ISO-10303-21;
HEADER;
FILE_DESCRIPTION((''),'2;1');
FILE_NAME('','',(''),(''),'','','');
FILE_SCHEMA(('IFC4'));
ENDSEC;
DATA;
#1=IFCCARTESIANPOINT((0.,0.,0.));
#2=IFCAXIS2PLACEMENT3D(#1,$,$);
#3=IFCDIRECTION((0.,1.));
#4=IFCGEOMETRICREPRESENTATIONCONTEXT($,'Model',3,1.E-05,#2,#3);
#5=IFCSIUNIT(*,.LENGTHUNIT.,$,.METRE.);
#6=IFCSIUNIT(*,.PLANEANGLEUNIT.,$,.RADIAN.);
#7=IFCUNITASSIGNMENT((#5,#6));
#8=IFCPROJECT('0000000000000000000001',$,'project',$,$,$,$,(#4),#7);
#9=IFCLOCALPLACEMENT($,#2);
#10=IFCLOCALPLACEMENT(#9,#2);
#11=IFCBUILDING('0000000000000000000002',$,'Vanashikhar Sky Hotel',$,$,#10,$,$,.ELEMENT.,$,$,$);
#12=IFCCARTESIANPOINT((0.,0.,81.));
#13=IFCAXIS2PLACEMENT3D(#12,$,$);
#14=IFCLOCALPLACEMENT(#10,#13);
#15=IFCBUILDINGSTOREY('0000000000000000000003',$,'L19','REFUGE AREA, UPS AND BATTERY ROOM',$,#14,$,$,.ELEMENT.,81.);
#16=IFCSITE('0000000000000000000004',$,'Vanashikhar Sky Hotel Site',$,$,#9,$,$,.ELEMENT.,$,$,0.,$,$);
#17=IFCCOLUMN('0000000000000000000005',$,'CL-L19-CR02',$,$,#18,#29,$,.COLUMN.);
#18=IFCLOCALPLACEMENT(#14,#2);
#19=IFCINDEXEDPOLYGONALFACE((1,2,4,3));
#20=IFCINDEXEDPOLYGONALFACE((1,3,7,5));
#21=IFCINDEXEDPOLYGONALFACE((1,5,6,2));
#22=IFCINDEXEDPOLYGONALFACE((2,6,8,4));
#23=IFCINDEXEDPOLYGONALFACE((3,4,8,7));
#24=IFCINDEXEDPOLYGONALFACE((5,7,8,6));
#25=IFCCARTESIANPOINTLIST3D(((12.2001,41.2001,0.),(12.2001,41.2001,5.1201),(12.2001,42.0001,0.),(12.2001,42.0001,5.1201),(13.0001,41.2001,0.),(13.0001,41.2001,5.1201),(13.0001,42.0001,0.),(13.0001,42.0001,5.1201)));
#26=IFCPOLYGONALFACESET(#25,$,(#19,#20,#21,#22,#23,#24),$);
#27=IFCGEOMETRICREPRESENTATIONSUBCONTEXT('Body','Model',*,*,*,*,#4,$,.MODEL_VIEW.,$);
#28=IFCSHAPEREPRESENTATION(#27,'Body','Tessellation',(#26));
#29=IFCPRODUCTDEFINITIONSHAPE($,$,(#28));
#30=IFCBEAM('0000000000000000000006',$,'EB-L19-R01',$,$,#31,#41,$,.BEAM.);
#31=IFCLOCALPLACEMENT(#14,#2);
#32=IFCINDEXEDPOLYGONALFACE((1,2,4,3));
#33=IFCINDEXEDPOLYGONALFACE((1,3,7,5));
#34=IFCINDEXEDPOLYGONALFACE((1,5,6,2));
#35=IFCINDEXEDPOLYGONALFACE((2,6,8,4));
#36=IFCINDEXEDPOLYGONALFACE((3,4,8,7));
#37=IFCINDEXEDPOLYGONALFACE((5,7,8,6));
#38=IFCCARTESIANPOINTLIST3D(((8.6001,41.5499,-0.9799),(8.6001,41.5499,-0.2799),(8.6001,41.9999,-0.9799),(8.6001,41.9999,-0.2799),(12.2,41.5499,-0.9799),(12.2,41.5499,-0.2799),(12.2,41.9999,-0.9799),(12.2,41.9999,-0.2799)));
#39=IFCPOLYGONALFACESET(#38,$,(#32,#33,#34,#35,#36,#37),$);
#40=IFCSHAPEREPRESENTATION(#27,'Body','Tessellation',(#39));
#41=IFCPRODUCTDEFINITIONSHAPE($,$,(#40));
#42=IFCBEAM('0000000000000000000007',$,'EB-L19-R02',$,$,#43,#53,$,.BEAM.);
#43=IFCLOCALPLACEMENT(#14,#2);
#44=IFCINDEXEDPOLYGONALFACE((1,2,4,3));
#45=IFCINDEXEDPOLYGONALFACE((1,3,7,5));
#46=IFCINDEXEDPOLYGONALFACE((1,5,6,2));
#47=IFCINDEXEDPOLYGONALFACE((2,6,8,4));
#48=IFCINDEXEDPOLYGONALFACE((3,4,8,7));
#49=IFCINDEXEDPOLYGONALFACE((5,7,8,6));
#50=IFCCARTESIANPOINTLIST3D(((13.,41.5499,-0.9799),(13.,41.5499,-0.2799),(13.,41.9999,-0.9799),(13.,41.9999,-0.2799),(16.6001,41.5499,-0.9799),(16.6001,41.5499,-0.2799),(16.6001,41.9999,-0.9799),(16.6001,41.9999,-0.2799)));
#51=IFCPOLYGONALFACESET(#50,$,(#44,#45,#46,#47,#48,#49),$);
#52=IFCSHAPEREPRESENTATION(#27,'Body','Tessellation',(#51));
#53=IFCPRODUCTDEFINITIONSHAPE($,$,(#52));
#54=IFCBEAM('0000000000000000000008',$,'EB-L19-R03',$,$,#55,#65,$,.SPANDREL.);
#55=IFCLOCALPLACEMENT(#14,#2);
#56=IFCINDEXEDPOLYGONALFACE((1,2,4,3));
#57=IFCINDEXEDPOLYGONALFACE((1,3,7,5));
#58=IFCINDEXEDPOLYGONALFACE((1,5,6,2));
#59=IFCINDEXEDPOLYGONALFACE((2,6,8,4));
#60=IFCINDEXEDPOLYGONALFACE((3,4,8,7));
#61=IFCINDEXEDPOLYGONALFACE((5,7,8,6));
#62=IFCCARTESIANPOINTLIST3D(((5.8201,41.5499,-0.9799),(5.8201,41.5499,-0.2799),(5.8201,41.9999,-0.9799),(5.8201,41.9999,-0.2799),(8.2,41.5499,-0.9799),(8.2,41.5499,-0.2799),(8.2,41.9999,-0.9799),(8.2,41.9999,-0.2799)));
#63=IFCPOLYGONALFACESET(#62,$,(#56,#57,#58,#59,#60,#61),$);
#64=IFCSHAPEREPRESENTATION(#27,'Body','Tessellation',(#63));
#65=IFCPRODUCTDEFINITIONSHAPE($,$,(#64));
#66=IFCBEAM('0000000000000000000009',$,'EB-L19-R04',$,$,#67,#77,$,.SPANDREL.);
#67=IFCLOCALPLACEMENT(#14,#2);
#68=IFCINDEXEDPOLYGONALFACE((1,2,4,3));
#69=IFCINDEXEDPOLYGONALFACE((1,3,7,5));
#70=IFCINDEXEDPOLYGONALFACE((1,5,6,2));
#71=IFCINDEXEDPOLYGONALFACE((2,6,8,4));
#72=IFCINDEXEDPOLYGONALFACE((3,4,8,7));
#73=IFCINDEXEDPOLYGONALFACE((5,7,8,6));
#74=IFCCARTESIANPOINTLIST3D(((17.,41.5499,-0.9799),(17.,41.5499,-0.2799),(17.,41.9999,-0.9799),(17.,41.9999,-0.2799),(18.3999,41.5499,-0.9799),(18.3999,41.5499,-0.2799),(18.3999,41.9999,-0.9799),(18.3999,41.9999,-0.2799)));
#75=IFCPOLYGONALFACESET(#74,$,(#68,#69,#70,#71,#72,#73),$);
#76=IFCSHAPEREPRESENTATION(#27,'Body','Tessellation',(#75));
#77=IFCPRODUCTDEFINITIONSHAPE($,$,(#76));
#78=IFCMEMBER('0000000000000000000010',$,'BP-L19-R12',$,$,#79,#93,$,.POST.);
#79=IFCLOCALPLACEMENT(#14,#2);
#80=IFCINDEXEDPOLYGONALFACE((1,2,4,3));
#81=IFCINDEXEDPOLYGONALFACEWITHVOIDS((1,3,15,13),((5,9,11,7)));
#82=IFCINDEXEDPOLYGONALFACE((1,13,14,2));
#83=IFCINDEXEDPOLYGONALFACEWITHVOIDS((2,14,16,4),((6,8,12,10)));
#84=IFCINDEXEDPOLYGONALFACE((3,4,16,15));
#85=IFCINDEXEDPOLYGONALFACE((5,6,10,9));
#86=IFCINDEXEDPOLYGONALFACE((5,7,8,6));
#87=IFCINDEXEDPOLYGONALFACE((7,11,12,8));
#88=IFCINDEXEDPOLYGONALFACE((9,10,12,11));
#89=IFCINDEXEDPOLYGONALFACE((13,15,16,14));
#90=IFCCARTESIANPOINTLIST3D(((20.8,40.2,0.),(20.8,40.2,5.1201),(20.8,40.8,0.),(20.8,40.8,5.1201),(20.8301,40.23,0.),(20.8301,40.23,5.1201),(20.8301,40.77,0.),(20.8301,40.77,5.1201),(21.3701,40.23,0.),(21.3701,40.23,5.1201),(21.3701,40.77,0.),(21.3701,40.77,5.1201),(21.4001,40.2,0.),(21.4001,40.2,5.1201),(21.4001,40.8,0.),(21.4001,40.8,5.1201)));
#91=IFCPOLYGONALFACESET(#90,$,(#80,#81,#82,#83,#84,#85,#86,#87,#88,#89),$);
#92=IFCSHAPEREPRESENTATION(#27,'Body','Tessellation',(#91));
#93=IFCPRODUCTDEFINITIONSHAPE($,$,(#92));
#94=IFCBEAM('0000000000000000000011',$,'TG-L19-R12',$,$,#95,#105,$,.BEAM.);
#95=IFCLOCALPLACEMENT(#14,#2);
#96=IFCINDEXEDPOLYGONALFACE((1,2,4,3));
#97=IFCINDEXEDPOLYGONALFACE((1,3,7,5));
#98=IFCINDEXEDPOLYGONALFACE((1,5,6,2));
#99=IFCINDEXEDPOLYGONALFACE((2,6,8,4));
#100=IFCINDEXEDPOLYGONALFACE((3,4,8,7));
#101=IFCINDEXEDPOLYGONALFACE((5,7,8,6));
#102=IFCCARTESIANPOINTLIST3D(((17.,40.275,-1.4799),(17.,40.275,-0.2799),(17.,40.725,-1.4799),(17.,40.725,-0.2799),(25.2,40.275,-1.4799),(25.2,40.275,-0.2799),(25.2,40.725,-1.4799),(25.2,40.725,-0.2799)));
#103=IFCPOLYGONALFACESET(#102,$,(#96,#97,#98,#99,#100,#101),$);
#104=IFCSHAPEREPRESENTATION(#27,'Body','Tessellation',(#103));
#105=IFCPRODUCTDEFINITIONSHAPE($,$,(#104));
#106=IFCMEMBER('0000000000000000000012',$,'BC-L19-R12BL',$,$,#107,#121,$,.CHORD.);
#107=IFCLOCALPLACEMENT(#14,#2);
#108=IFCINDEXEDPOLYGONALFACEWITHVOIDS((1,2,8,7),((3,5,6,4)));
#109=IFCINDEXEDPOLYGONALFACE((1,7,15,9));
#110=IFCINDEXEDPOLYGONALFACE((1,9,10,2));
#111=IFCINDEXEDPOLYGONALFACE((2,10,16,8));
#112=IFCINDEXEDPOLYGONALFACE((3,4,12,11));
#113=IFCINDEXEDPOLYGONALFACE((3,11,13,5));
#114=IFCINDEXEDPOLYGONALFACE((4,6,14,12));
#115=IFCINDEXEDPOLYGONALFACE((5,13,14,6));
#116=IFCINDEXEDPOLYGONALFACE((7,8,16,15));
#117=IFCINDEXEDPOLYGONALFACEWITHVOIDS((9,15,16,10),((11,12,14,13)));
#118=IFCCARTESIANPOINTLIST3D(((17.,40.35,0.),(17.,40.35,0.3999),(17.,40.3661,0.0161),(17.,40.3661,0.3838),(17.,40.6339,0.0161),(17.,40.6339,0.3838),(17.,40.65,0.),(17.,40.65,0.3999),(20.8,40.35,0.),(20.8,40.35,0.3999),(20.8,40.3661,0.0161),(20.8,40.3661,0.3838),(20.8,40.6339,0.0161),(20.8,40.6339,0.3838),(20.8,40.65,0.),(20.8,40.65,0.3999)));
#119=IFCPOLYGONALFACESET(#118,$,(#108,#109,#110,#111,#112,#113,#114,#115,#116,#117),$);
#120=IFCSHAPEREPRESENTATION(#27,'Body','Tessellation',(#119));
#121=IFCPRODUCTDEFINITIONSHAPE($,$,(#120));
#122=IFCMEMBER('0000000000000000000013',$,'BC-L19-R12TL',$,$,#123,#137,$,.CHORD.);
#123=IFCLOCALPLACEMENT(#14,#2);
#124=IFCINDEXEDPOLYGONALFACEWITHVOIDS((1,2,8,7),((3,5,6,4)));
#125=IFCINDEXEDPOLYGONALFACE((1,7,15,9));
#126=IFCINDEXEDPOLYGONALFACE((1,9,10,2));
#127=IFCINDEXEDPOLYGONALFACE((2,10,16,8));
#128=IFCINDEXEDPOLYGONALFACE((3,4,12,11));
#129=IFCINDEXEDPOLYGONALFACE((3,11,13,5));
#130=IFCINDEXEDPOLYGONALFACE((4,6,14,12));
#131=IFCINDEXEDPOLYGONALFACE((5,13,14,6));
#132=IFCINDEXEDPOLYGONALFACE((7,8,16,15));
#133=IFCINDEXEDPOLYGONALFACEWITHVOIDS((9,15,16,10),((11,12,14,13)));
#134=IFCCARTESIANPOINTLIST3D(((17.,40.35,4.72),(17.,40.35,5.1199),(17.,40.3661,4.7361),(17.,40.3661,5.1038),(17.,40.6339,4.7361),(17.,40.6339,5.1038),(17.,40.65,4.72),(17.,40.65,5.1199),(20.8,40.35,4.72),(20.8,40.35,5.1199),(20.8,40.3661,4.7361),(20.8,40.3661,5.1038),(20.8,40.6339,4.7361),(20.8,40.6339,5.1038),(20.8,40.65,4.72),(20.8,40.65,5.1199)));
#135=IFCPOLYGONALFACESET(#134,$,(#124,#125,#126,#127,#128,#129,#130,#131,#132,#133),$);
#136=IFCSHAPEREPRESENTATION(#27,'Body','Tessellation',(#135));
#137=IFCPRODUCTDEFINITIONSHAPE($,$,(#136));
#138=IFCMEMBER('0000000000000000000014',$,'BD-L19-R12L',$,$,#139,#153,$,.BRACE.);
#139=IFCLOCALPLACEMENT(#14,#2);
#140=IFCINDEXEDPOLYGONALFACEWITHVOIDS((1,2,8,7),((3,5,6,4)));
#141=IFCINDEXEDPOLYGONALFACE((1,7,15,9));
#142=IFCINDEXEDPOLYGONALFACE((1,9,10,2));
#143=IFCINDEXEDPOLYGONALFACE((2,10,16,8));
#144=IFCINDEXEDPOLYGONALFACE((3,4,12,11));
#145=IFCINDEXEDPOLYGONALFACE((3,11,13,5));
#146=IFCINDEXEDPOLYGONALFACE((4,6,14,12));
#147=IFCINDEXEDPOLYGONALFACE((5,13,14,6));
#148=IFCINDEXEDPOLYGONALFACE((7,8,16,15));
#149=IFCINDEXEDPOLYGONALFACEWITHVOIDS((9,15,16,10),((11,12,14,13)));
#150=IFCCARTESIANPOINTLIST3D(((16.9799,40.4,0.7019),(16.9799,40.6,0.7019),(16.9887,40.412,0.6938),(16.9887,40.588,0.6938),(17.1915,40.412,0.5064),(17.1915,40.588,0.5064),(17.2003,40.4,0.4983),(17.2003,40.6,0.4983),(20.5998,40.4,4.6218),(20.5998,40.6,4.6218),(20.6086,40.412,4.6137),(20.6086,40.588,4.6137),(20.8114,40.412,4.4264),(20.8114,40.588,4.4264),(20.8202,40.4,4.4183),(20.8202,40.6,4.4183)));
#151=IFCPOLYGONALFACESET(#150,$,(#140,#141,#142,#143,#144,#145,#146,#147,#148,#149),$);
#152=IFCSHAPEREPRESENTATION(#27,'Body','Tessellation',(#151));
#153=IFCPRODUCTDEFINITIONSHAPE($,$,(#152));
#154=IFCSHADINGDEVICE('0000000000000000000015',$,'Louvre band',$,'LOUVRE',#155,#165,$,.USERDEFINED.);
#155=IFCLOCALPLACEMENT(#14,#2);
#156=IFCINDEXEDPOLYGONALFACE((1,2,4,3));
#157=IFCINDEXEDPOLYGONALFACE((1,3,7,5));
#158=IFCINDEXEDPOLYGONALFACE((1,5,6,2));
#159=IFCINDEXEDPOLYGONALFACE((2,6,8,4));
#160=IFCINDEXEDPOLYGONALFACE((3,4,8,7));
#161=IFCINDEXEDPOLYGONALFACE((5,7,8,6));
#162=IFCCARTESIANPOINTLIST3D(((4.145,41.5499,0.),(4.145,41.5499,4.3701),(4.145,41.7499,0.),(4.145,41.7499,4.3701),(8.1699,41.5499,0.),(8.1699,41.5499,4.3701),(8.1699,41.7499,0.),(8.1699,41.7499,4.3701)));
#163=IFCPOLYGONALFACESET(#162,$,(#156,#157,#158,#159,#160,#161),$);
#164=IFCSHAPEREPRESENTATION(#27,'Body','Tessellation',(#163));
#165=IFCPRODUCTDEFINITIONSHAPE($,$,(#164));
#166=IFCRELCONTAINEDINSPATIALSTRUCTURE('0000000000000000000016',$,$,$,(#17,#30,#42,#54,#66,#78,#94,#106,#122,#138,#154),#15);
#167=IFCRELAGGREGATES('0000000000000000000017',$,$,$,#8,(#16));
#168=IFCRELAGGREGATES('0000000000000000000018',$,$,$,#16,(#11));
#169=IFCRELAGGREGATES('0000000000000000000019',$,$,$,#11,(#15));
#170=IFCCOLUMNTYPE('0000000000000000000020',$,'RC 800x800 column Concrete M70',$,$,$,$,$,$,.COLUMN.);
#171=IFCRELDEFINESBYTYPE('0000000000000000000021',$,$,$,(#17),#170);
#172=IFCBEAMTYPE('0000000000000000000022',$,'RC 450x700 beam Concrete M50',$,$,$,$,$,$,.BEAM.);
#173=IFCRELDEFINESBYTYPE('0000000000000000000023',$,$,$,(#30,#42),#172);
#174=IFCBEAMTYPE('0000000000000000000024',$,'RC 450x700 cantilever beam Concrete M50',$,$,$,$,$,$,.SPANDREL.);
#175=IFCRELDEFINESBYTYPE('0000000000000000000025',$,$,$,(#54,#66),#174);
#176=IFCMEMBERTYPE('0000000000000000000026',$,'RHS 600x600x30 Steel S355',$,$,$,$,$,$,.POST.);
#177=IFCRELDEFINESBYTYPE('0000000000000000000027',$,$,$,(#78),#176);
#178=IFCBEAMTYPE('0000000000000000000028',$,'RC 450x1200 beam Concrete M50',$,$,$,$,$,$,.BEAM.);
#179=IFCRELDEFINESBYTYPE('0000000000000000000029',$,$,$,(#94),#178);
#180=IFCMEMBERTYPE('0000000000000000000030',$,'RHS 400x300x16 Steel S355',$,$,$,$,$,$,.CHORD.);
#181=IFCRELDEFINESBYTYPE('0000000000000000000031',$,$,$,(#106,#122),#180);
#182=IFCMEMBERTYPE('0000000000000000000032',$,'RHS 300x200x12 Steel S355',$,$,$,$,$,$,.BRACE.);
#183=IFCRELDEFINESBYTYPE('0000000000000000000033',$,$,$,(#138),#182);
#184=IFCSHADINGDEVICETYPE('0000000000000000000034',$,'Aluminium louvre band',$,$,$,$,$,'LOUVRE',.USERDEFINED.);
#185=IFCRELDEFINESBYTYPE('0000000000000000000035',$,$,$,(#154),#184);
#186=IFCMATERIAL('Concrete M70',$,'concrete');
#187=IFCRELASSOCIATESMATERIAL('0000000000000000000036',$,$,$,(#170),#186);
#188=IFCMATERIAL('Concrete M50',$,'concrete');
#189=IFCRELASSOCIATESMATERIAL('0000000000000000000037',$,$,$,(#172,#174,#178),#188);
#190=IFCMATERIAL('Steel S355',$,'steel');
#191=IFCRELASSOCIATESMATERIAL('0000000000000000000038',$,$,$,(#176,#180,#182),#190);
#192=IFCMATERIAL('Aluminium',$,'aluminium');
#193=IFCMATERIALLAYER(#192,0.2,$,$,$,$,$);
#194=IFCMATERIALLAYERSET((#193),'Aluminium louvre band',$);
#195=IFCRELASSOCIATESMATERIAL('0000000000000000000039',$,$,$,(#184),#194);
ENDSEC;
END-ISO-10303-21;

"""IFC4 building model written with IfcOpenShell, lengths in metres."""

from ifc_helpers import new_model, si_unit, direction, frame, origin, origin_2d, place, context, subcontext, project, spatial, rectangle, hollow_rectangle, extrude, source, transform, mapped, material, layer, layer_set, material_profile, profile_set, type_object, element, save


model = new_model("IFC4")

# Units and contexts
model_context = context("Model", 3, precision=1e-05, world=origin(), true_north=direction((0.0, 1.0)))
body_context = subcontext(model_context, "Body", "Model", "MODEL_VIEW")
ifc_project = project(units=[si_unit("LENGTHUNIT", "METRE"), si_unit("PLANEANGLEUNIT", "RADIAN")], contexts=[model_context])

# Site, building, storey
site_placement = place(None, origin())
site = spatial("IfcSite", under=ifc_project, at=site_placement, Name="Vanashikhar Sky Hotel Site", CompositionType="ELEMENT", RefElevation=0.0)
building_placement = place(site_placement, origin())
building = spatial("IfcBuilding", under=site, at=building_placement, Name="Vanashikhar Sky Hotel", CompositionType="ELEMENT")
storey_placement = place(building_placement, frame((0.0, 0.0, 81.0)))
storey = spatial("IfcBuildingStorey", under=building, at=storey_placement, Name="L19", Description="REFUGE AREA, UPS AND BATTERY ROOM", CompositionType="ELEMENT", Elevation=81.0)

# Column
ifc_material_1 = material(Name="Concrete M70", Category="concrete")
ifc_material_profile_1 = material_profile(ifc_material_1, rectangle(XDim=0.8, YDim=0.8, at=origin_2d()))
ifc_profile_set_1 = profile_set([ifc_material_profile_1], Name="RC 800x800 column Concrete M70")
column_type = type_object("IfcColumnType", Name="RC 800x800 column Concrete M70", PredefinedType="COLUMN", material=ifc_profile_set_1)
shared_shape_1 = source(origin(), body_context, "Body", "SweptSolid", [
    extrude(rectangle(XDim=0.8, YDim=0.8, at=origin_2d()), origin(), (0.0, 0.0, 1.0), 5.1201),
])
column_placement = place(storey_placement, frame((12.6001, 41.6001, 0.0), z_axis=(0.0, 0.0, 1.0), x_axis=(1.0, 0.0, 0.0)))
element("IfcColumn", 1, at=column_placement, inside=storey, type_object=column_type, Name="CL-L19-CR02", PredefinedType="COLUMN", context=body_context, shape_type="MappedRepresentation", body=[
    mapped(shared_shape_1, transform((0.0, 0.0, 0.0), scale=1.0)),
])

# Beams
ifc_material_2 = material(Name="Concrete M50", Category="concrete")
ifc_material_profile_2 = material_profile(ifc_material_2, rectangle(XDim=0.45, YDim=0.7, at=origin_2d()))
ifc_profile_set_2 = profile_set([ifc_material_profile_2], Name="RC 450x700 beam Concrete M50")
beam_type_1 = type_object("IfcBeamType", Name="RC 450x700 beam Concrete M50", PredefinedType="BEAM", material=ifc_profile_set_2)
shared_shape_2 = source(origin(), body_context, "Body", "SweptSolid", [
    extrude(rectangle(XDim=0.45, YDim=0.7, at=origin_2d()), origin(), (0.0, 0.0, 1.0), 3.5999),
])
beam_1_placement = place(storey_placement, frame((8.6001, 41.7749, -0.6299), z_axis=(1.0, 0.0, 0.0), x_axis=(0.0, 1.0, 0.0)))
element("IfcBeam", 2, at=beam_1_placement, inside=storey, type_object=beam_type_1, Name="EB-L19-R01", PredefinedType="BEAM", context=body_context, shape_type="MappedRepresentation", body=[
    mapped(shared_shape_2, transform((0.0, 0.0, 0.0), scale=1.0)),
])
shared_shape_3 = source(origin(), body_context, "Body", "SweptSolid", [
    extrude(rectangle(XDim=0.45, YDim=0.7, at=origin_2d()), origin(), (0.0, 0.0, 1.0), 3.6001),
])
beam_2_placement = place(storey_placement, frame((13.0, 41.7749, -0.6299), z_axis=(1.0, 0.0, 0.0), x_axis=(0.0, 1.0, 0.0)))
element("IfcBeam", 3, at=beam_2_placement, inside=storey, type_object=beam_type_1, Name="EB-L19-R02", PredefinedType="BEAM", context=body_context, shape_type="MappedRepresentation", body=[
    mapped(shared_shape_3, transform((0.0, 0.0, 0.0), scale=1.0)),
])
ifc_material_profile_3 = material_profile(ifc_material_2, rectangle(XDim=0.45, YDim=0.7, at=origin_2d()))
ifc_profile_set_3 = profile_set([ifc_material_profile_3], Name="RC 450x700 cantilever beam Concrete M50")
beam_type_2 = type_object("IfcBeamType", Name="RC 450x700 cantilever beam Concrete M50", PredefinedType="SPANDREL", material=ifc_profile_set_3)
shared_shape_4 = source(origin(), body_context, "Body", "SweptSolid", [
    extrude(rectangle(XDim=0.45, YDim=0.7, at=origin_2d()), origin(), (0.0, 0.0, 1.0), 2.3799),
])
beam_3_placement = place(storey_placement, frame((5.8201, 41.7749, -0.6299), z_axis=(1.0, 0.0, 0.0), x_axis=(0.0, 1.0, 0.0)))
element("IfcBeam", 4, at=beam_3_placement, inside=storey, type_object=beam_type_2, Name="EB-L19-R03", PredefinedType="SPANDREL", context=body_context, shape_type="MappedRepresentation", body=[
    mapped(shared_shape_4, transform((0.0, 0.0, 0.0), scale=1.0)),
])
shared_shape_5 = source(origin(), body_context, "Body", "SweptSolid", [
    extrude(rectangle(XDim=0.45, YDim=0.7, at=origin_2d()), origin(), (0.0, 0.0, 1.0), 1.3999),
])
beam_4_placement = place(storey_placement, frame((17.0, 41.7749, -0.6299), z_axis=(1.0, 0.0, 0.0), x_axis=(0.0, 1.0, 0.0)))
element("IfcBeam", 5, at=beam_4_placement, inside=storey, type_object=beam_type_2, Name="EB-L19-R04", PredefinedType="SPANDREL", context=body_context, shape_type="MappedRepresentation", body=[
    mapped(shared_shape_5, transform((0.0, 0.0, 0.0), scale=1.0)),
])

# Member
ifc_material_3 = material(Name="Steel S355", Category="steel")
ifc_material_profile_4 = material_profile(ifc_material_3, hollow_rectangle(XDim=0.6001, YDim=0.6001, WallThickness=0.03, at=origin_2d()))
ifc_profile_set_4 = profile_set([ifc_material_profile_4], Name="RHS 600x600x30 Steel S355")
member_type_1 = type_object("IfcMemberType", Name="RHS 600x600x30 Steel S355", PredefinedType="POST", material=ifc_profile_set_4)
shared_shape_6 = source(origin(), body_context, "Body", "SweptSolid", [
    extrude(hollow_rectangle(XDim=0.6001, YDim=0.6001, WallThickness=0.03, at=origin_2d()), origin(), (0.0, 0.0, 1.0), 5.1201),
])
member_1_placement = place(storey_placement, frame((21.1001, 40.5, 0.0), z_axis=(0.0, 0.0, 1.0), x_axis=(1.0, 0.0, 0.0)))
element("IfcMember", 6, at=member_1_placement, inside=storey, type_object=member_type_1, Name="BP-L19-R12", PredefinedType="POST", context=body_context, shape_type="MappedRepresentation", body=[
    mapped(shared_shape_6, transform((0.0, 0.0, 0.0), scale=1.0)),
])

# Beam
ifc_material_profile_5 = material_profile(ifc_material_2, rectangle(XDim=0.45, YDim=1.2, at=origin_2d()))
ifc_profile_set_5 = profile_set([ifc_material_profile_5], Name="RC 450x1200 beam Concrete M50")
beam_type_3 = type_object("IfcBeamType", Name="RC 450x1200 beam Concrete M50", PredefinedType="BEAM", material=ifc_profile_set_5)
shared_shape_7 = source(origin(), body_context, "Body", "SweptSolid", [
    extrude(rectangle(XDim=0.45, YDim=1.2, at=origin_2d()), origin(), (0.0, 0.0, 1.0), 8.2),
])
beam_5_placement = place(storey_placement, frame((17.0, 40.5, -0.8799), z_axis=(1.0, 0.0, 0.0), x_axis=(0.0, 1.0, 0.0)))
element("IfcBeam", 7, at=beam_5_placement, inside=storey, type_object=beam_type_3, Name="TG-L19-R12", PredefinedType="BEAM", context=body_context, shape_type="MappedRepresentation", body=[
    mapped(shared_shape_7, transform((0.0, 0.0, 0.0), scale=1.0)),
])

# Members
ifc_material_profile_6 = material_profile(ifc_material_3, hollow_rectangle(XDim=0.3, YDim=0.3999, WallThickness=0.0161, at=origin_2d()))
ifc_profile_set_6 = profile_set([ifc_material_profile_6], Name="RHS 400x300x16 Steel S355")
member_type_2 = type_object("IfcMemberType", Name="RHS 400x300x16 Steel S355", PredefinedType="CHORD", material=ifc_profile_set_6)
shared_shape_8 = source(origin(), body_context, "Body", "SweptSolid", [
    extrude(hollow_rectangle(XDim=0.3, YDim=0.3999, WallThickness=0.0161, at=origin_2d()), origin(), (0.0, 0.0, 1.0), 3.8),
])
for number, where, z_axis, x_axis, name in (
    (8, (17.0, 40.5, 0.2), (1.0, 0.0, 0.0), (0.0, 1.0, 0.0), "BC-L19-R12BL"),
    (9, (17.0, 40.5, 4.9199), (1.0, 0.0, 0.0), (0.0, 1.0, 0.0), "BC-L19-R12TL"),
):
    element("IfcMember", number, at=place(storey_placement, frame(where, z_axis=z_axis, x_axis=x_axis)), inside=storey, type_object=member_type_2, Name=name, PredefinedType="CHORD", context=body_context, shape_type="MappedRepresentation", body=[
        mapped(shared_shape_8, transform((0.0, 0.0, 0.0), scale=1.0)),
    ])
ifc_material_profile_7 = material_profile(ifc_material_3, hollow_rectangle(XDim=0.2, YDim=0.3, WallThickness=0.012, at=origin_2d()))
ifc_profile_set_7 = profile_set([ifc_material_profile_7], Name="RHS 300x200x12 Steel S355")
member_type_3 = type_object("IfcMemberType", Name="RHS 300x200x12 Steel S355", PredefinedType="BRACE", material=ifc_profile_set_7)
shared_shape_9 = source(origin(), body_context, "Body", "SweptSolid", [
    extrude(hollow_rectangle(XDim=0.2, YDim=0.3, WallThickness=0.012, at=origin_2d()), origin(), (0.0, 0.0, 1.0), 5.3357),
])
member_2_placement = place(storey_placement, frame((17.0901, 40.5, 0.6001), z_axis=(0.67843, 0.0, 0.734665), x_axis=(0.0, 1.0, 0.0)))
element("IfcMember", 10, at=member_2_placement, inside=storey, type_object=member_type_3, Name="BD-L19-R12L", PredefinedType="BRACE", context=body_context, shape_type="MappedRepresentation", body=[
    mapped(shared_shape_9, transform((0.0, 0.0, 0.0), scale=1.0)),
])

# Shading device
ifc_material_4 = material(Name="Aluminium", Category="aluminium")
ifc_layer_1 = layer(ifc_material_4, 0.2)
ifc_layer_set_1 = layer_set([ifc_layer_1], Name="Aluminium louvre band")
shading_device_type = type_object("IfcShadingDeviceType", Name="Aluminium louvre band", ElementType="LOUVRE", PredefinedType="USERDEFINED", material=ifc_layer_set_1)
shared_shape_10 = source(origin(), body_context, "Body", "SweptSolid", [
    extrude(rectangle(XDim=4.0249, YDim=0.2, at=origin_2d()), origin(), (0.0, 0.0, 1.0), 4.3701),
])
shading_device_1_placement = place(storey_placement, frame((6.1575, 41.6499, 0.0), z_axis=(0.0, 0.0, 1.0), x_axis=(-1.0, 0.0, 0.0)))
element("IfcShadingDevice", 11, at=shading_device_1_placement, inside=storey, type_object=shading_device_type, Name="Louvre band", ObjectType="LOUVRE", PredefinedType="USERDEFINED", context=body_context, shape_type="MappedRepresentation", body=[
    mapped(shared_shape_10, transform((0.0, 0.0, 0.0), scale=1.0)),
])

save(model, "model.ifc")
